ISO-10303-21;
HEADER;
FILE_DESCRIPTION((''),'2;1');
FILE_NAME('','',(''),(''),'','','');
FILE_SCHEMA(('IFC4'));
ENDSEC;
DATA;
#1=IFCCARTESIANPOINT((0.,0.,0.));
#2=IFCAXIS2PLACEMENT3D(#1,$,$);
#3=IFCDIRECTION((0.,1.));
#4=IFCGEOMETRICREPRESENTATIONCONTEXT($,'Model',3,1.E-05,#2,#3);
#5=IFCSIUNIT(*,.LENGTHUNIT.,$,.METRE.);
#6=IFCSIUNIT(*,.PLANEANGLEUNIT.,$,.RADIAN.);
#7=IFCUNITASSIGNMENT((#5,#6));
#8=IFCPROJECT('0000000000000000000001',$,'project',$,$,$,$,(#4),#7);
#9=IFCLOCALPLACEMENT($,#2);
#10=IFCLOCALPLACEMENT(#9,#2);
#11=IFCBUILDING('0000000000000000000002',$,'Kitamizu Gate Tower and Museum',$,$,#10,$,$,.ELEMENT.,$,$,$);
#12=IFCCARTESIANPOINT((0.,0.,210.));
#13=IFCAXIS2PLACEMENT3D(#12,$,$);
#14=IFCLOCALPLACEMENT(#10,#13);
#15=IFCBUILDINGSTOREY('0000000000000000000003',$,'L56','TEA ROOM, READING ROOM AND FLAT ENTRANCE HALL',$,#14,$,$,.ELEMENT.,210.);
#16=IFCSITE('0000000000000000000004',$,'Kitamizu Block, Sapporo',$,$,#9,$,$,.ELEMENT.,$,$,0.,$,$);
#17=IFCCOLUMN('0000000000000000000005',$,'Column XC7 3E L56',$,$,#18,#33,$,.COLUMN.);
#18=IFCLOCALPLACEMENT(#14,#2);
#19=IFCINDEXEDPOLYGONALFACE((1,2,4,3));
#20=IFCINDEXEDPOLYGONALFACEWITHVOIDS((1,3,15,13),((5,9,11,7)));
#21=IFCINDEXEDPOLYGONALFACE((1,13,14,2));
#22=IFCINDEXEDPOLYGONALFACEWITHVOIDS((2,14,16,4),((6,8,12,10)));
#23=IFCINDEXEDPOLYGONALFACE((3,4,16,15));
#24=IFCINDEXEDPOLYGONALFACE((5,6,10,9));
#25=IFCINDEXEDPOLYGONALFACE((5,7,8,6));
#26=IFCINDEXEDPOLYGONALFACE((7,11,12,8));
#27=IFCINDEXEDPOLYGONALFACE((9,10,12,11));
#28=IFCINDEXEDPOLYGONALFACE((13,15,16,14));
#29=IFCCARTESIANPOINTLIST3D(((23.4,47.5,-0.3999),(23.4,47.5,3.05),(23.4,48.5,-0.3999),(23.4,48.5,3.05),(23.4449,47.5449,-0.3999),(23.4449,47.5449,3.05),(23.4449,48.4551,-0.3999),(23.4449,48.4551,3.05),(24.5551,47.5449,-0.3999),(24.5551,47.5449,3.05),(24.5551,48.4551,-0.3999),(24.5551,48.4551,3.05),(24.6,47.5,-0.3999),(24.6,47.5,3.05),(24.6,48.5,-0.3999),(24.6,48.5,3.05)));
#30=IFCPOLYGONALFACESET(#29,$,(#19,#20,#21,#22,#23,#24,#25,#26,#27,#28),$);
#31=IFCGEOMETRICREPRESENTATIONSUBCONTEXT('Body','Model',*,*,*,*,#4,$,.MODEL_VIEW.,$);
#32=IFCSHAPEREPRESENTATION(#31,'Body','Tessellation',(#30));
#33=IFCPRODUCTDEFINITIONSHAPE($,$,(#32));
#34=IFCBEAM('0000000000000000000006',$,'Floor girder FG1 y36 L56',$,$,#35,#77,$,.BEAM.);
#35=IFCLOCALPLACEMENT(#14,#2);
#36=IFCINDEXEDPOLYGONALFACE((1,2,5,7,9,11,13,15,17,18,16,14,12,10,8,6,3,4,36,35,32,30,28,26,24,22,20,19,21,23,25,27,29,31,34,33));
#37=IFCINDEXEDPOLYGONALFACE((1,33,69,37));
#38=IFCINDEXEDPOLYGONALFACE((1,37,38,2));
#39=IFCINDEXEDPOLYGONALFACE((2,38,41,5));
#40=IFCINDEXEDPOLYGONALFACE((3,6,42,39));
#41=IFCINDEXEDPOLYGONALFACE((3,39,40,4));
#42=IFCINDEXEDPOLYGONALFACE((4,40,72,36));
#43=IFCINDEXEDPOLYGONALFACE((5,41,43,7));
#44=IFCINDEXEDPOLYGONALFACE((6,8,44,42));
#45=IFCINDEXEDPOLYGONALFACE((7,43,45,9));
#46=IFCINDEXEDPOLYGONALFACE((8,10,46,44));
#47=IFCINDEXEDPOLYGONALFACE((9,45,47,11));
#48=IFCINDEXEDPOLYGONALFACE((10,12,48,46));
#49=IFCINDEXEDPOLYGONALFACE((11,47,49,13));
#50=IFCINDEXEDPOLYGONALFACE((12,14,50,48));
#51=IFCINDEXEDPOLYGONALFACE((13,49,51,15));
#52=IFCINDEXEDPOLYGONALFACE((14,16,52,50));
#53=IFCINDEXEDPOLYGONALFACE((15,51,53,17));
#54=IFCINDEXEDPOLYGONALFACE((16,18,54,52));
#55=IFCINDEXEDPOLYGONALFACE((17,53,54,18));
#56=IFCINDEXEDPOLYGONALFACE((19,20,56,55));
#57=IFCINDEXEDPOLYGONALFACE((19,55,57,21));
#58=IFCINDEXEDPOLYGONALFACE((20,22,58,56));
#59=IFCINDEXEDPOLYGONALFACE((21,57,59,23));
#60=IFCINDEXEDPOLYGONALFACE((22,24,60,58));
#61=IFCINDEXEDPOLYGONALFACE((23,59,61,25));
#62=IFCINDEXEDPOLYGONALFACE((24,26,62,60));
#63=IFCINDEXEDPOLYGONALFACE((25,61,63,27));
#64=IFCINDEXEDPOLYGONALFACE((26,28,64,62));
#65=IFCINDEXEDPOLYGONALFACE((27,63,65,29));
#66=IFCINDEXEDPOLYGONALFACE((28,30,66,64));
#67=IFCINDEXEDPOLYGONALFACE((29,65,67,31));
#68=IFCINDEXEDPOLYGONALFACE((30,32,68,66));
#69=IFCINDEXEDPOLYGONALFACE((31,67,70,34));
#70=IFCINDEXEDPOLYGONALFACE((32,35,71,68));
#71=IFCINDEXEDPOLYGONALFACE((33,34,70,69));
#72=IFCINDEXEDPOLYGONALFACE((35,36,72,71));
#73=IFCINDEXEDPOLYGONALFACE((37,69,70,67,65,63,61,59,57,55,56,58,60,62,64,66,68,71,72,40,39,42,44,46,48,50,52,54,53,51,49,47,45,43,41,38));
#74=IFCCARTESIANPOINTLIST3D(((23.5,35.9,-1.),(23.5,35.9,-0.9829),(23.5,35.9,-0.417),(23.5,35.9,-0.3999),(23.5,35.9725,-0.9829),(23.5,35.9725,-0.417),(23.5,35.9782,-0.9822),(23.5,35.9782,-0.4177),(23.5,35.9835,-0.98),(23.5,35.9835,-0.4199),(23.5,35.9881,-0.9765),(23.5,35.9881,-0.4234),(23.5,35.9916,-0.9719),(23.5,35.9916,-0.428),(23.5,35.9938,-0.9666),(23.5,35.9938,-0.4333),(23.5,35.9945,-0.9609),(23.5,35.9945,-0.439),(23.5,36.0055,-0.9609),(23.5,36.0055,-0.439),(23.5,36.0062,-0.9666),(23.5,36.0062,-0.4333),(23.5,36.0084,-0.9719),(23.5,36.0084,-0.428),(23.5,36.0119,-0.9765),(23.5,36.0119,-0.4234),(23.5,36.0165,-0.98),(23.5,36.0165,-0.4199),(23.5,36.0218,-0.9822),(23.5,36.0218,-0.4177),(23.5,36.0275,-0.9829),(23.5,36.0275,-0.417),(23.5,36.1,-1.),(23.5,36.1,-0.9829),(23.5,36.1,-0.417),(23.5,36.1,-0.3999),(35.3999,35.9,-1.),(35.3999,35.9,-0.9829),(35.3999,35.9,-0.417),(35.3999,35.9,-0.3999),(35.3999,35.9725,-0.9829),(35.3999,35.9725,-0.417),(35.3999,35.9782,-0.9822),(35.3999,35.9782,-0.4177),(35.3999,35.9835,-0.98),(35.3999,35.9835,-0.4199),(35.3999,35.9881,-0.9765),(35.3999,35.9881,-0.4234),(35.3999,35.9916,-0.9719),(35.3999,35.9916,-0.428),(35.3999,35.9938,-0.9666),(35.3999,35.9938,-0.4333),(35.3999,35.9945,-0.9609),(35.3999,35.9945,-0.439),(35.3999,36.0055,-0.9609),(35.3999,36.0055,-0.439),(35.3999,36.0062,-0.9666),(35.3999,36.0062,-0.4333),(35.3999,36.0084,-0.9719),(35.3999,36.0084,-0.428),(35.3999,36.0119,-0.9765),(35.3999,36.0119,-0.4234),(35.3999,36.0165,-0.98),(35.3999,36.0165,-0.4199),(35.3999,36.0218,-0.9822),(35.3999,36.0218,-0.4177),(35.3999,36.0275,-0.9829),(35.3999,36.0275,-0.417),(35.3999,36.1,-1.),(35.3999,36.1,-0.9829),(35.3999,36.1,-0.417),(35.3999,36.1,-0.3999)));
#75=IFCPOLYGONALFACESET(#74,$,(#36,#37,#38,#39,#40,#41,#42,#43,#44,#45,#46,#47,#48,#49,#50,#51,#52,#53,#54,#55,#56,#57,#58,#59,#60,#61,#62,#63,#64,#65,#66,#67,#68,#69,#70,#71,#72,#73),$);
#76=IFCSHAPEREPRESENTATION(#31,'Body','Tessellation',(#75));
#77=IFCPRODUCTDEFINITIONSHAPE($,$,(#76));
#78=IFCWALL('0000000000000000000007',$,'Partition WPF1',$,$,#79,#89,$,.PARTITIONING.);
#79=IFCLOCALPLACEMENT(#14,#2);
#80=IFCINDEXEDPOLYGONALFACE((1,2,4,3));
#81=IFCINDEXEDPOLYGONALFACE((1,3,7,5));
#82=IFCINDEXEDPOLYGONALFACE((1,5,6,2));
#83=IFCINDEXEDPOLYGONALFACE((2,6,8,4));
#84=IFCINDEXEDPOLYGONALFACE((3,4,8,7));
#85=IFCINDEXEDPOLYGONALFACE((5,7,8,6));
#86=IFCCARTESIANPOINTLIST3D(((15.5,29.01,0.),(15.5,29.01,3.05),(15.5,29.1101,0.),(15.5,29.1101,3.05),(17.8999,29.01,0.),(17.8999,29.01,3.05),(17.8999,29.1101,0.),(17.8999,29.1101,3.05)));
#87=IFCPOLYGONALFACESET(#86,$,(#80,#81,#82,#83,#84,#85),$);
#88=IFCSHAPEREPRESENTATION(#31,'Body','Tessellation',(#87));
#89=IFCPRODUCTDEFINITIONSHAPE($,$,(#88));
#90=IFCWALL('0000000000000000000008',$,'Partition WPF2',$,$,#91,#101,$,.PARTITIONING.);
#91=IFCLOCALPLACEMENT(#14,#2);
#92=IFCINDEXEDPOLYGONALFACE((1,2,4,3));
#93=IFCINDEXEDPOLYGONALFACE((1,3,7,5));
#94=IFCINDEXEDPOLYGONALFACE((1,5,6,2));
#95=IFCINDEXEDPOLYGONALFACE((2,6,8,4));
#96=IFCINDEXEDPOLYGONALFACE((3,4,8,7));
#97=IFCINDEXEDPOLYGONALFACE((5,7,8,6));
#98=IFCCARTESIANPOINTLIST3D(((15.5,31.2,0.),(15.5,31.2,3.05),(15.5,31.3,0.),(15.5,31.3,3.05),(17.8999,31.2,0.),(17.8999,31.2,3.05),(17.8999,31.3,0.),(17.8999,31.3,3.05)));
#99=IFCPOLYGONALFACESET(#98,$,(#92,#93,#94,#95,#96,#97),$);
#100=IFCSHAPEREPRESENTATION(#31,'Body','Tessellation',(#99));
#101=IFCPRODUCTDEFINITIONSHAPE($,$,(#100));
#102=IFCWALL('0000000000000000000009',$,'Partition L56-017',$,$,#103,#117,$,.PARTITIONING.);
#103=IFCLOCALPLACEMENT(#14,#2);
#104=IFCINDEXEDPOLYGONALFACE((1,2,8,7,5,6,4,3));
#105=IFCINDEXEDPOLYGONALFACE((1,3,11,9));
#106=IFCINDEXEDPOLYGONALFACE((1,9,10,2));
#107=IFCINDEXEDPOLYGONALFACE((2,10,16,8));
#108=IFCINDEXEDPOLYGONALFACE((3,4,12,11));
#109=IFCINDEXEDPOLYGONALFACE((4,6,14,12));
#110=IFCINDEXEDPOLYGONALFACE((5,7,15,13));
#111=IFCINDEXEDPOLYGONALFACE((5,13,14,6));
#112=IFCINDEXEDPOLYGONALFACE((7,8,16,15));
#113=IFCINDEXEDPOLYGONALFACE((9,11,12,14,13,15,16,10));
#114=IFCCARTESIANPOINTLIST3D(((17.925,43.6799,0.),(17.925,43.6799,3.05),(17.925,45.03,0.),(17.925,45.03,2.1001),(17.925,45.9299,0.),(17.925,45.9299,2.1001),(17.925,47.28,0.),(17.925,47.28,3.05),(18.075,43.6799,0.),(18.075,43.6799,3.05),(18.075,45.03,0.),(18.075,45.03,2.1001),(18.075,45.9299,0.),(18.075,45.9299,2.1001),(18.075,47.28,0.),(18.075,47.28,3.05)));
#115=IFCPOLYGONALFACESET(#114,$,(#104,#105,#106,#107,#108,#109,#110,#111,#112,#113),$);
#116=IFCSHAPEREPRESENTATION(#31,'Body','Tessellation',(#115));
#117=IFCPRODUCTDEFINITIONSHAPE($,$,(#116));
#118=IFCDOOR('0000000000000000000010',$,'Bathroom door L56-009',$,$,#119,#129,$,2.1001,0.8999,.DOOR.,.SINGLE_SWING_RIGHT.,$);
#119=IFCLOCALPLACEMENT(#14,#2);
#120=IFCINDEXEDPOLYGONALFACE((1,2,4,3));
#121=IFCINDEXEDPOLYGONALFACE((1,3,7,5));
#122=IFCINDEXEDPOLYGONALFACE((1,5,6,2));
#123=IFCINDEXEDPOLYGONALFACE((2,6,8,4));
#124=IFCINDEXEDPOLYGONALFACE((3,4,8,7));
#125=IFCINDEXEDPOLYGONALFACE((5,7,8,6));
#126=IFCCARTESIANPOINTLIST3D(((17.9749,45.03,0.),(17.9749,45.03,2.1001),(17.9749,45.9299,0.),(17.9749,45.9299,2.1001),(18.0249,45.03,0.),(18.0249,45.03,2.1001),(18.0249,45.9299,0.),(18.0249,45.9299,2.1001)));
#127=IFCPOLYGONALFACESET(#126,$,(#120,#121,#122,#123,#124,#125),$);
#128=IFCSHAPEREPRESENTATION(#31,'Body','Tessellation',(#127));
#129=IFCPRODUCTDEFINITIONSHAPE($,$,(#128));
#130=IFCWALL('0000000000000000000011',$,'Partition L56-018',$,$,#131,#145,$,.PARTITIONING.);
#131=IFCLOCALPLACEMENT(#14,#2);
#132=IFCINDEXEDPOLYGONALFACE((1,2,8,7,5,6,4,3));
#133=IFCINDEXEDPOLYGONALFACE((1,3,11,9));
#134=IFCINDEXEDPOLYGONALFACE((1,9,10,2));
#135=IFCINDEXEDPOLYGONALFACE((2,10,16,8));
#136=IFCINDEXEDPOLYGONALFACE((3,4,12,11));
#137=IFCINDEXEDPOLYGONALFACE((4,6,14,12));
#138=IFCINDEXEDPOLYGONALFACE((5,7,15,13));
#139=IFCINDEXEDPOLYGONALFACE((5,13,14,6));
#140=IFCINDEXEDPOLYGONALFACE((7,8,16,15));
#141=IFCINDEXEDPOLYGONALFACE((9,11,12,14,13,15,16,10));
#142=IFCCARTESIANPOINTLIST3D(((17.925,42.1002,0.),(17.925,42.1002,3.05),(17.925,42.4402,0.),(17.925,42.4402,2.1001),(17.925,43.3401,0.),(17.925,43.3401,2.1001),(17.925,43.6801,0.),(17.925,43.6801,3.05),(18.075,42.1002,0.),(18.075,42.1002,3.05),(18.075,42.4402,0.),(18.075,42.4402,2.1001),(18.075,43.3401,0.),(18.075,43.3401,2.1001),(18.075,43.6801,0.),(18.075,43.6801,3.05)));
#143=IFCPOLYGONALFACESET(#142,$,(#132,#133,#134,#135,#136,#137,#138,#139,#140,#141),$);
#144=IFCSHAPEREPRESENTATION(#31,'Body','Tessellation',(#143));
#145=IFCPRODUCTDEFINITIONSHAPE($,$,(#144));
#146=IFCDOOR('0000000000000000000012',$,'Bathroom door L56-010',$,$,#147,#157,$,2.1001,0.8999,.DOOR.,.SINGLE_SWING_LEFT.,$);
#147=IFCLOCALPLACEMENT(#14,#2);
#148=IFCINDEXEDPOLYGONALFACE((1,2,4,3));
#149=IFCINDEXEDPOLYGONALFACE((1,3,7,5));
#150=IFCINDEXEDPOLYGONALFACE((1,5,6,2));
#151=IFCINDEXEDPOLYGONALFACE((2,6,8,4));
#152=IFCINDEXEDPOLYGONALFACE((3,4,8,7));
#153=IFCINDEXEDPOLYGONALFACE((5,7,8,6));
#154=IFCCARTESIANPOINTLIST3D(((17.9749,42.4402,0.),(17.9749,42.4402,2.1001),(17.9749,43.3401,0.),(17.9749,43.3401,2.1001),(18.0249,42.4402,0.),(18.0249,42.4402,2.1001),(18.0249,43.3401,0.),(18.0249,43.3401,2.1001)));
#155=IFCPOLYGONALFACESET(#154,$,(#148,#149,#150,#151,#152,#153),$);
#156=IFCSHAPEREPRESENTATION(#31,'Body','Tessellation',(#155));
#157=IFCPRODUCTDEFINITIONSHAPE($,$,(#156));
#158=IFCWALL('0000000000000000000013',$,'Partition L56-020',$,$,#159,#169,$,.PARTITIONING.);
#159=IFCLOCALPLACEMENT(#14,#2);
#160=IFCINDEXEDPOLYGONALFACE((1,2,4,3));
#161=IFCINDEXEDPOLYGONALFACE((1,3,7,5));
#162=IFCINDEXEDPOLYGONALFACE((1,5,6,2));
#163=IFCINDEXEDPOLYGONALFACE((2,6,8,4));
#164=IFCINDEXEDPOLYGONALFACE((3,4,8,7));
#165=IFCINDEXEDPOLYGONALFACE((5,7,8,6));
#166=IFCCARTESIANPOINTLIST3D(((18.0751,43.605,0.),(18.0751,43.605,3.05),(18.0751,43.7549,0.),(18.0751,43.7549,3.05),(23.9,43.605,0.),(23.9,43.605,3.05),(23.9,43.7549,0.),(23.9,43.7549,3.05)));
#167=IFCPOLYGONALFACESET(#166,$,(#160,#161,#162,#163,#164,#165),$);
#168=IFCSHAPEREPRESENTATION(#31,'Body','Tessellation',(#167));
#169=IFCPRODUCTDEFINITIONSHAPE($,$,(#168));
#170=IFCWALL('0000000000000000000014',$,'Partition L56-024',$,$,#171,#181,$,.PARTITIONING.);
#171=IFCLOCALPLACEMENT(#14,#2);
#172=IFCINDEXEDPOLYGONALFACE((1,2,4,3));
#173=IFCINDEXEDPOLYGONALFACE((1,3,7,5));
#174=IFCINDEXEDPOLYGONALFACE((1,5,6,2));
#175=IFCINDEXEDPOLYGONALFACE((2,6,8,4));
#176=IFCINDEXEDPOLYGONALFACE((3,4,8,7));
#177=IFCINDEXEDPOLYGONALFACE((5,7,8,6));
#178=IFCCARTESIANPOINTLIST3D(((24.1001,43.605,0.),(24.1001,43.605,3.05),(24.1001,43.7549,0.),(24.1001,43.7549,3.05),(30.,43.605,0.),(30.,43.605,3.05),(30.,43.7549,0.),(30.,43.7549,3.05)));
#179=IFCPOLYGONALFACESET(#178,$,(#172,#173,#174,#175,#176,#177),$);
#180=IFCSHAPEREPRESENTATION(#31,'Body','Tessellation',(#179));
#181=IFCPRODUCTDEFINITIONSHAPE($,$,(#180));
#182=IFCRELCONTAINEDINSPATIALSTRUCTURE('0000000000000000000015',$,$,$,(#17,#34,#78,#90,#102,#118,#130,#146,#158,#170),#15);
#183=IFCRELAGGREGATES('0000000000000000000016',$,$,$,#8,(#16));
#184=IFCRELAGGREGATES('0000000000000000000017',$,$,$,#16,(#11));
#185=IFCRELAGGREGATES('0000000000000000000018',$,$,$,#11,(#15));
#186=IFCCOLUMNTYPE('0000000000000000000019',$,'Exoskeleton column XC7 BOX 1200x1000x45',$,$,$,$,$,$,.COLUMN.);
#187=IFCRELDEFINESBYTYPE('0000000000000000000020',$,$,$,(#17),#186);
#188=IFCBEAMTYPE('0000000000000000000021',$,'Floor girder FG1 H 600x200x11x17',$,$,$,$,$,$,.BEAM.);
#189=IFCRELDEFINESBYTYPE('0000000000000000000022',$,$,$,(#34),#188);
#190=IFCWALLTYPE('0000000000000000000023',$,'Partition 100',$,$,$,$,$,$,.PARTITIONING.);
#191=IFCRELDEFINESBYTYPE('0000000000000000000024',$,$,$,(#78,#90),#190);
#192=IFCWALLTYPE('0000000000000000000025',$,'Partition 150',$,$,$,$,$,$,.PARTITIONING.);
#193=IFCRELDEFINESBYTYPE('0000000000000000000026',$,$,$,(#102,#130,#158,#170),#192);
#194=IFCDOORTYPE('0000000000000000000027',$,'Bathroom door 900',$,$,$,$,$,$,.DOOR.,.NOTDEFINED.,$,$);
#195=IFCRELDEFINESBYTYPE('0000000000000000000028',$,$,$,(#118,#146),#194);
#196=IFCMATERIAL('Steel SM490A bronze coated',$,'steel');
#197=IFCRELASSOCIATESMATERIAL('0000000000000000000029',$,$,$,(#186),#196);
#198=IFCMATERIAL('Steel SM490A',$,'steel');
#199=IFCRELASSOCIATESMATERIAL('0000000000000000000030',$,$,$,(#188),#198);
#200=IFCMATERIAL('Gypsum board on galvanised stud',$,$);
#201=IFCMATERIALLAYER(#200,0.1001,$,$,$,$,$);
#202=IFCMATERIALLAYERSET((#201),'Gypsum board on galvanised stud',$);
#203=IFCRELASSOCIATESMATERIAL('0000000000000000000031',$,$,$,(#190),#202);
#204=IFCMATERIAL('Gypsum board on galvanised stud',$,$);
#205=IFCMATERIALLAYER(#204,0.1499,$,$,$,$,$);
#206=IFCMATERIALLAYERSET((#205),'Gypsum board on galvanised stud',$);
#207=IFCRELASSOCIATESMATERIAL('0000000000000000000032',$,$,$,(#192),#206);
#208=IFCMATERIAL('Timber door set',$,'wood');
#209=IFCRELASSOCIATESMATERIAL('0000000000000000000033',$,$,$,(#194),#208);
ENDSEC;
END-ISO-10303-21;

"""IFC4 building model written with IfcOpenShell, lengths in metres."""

from ifc_helpers import new_model, si_unit, direction, frame, frame_2d, origin, origin_2d, place, context, subcontext, project, spatial, rectangle, hollow_rectangle, i_section, extrude, material, layer, layer_set, material_profile, profile_set, type_object, element, fill, save


model = new_model("IFC4")

# Units and contexts
model_context = context("Model", 3, precision=1e-05, world=origin(), true_north=direction((0.0, 1.0)))
body_context = subcontext(model_context, "Body", "Model", "MODEL_VIEW")
ifc_project = project(units=[si_unit("LENGTHUNIT", "METRE"), si_unit("PLANEANGLEUNIT", "RADIAN")], contexts=[model_context])

# Site, building, storey
site_placement = place(None, origin())
site = spatial("IfcSite", under=ifc_project, at=site_placement, Name="Kitamizu Block, Sapporo", CompositionType="ELEMENT", RefElevation=0.0)
building_placement = place(site_placement, origin())
building = spatial("IfcBuilding", under=site, at=building_placement, Name="Kitamizu Gate Tower and Museum", CompositionType="ELEMENT")
storey_placement = place(building_placement, frame((0.0, 0.0, 210.0)))
storey = spatial("IfcBuildingStorey", under=building, at=storey_placement, Name="L56", Description="TEA ROOM, READING ROOM AND FLAT ENTRANCE HALL", CompositionType="ELEMENT", Elevation=210.0)

# Column
ifc_material_1 = material(Name="Steel SM490A bronze coated", Category="steel")
ifc_material_profile_1 = material_profile(ifc_material_1, hollow_rectangle(XDim=1.2, YDim=1.0, WallThickness=0.0449, at=origin_2d()), Name="BOX 1200x1000x45")
ifc_profile_set_1 = profile_set([ifc_material_profile_1], Name="Steel SM490A bronze coated")
column_type = type_object("IfcColumnType", Name="Exoskeleton column XC7 BOX 1200x1000x45", PredefinedType="COLUMN", material=ifc_profile_set_1)
column_placement = place(storey_placement, frame((24.0, 48.0, -0.3999), z_axis=(0.0, 0.0, 1.0), x_axis=(1.0, 0.0, 0.0)))
element("IfcColumn", 1, at=column_placement, inside=storey, type_object=column_type, Name="Column XC7 3E L56", PredefinedType="COLUMN", context=body_context, shape_type="SweptSolid", body=[
    extrude(hollow_rectangle(XDim=1.2, YDim=1.0, WallThickness=0.0449, at=origin_2d()), origin(), (0.0, 0.0, 1.0), 3.45),
])

# Beam
ifc_material_2 = material(Name="Steel SM490A", Category="steel")
ifc_material_profile_2 = material_profile(ifc_material_2, i_section(OverallWidth=0.2, OverallDepth=0.6001, WebThickness=0.011, FlangeThickness=0.0171, FilletRadius=0.022, at=origin_2d()), Name="H-600x200x11x17")
ifc_profile_set_2 = profile_set([ifc_material_profile_2], Name="Steel SM490A")
beam_type = type_object("IfcBeamType", Name="Floor girder FG1 H 600x200x11x17", PredefinedType="BEAM", material=ifc_profile_set_2)
beam_placement = place(storey_placement, frame((23.5, 36.0, -0.7), z_axis=(1.0, 0.0, 0.0), x_axis=(0.0, 1.0, 0.0)))
element("IfcBeam", 2, at=beam_placement, inside=storey, type_object=beam_type, Name="Floor girder FG1 y36 L56", PredefinedType="BEAM", context=body_context, shape_type="SweptSolid", body=[
    extrude(i_section(OverallWidth=0.2, OverallDepth=0.6001, WebThickness=0.011, FlangeThickness=0.0171, FilletRadius=0.022, at=origin_2d()), origin(), (0.0, 0.0, 1.0), 11.8999),
])

# Walls
ifc_material_3 = material(Name="Gypsum board on galvanised stud")
ifc_layer_1 = layer(ifc_material_3, 0.1001)
ifc_layer_set_1 = layer_set([ifc_layer_1], Name="Gypsum board on galvanised stud")
wall_type_1 = type_object("IfcWallType", Name="Partition 100", PredefinedType="PARTITIONING", material=ifc_layer_set_1)
for number, where, z_axis, x_axis, name in (
    (3, (15.5, 29.0601, 0.0), (0.0, 0.0, 1.0), (1.0, 0.0, 0.0), "Partition WPF1"),
    (4, (15.5, 31.25, 0.0), (0.0, 0.0, 1.0), (1.0, 0.0, 0.0), "Partition WPF2"),
):
    element("IfcWall", number, at=place(storey_placement, frame(where, z_axis=z_axis, x_axis=x_axis)), inside=storey, type_object=wall_type_1, Name=name, PredefinedType="PARTITIONING", context=body_context, shape_type="SweptSolid", body=[
        extrude(rectangle(XDim=2.3999, YDim=0.1001, at=frame_2d((1.2, 0.0))), origin(), (0.0, 0.0, 1.0), 3.05),
    ])

# Walls, openings, doors
ifc_material_4 = material(Name="Gypsum board on galvanised stud")
ifc_layer_2 = layer(ifc_material_4, 0.1499)
ifc_layer_set_2 = layer_set([ifc_layer_2], Name="Gypsum board on galvanised stud")
wall_type_2 = type_object("IfcWallType", Name="Partition 150", PredefinedType="PARTITIONING", material=ifc_layer_set_2)
wall_1_placement = place(storey_placement, frame((18.0, 43.6799, 0.0), z_axis=(0.0, 0.0, 1.0), x_axis=(0.0, 1.0, 0.0)))
wall_1 = element("IfcWall", 5, at=wall_1_placement, inside=storey, type_object=wall_type_2, Name="Partition L56-017", PredefinedType="PARTITIONING", context=body_context, shape_type="SweptSolid", body=[
    extrude(rectangle(XDim=3.6001, YDim=0.1499, at=frame_2d((1.8, 0.0))), origin(), (0.0, 0.0, 1.0), 3.05),
])
opening_1_placement = place(wall_1_placement, frame((1.3501, 0.0, 0.0)))
opening_1 = element("IfcOpeningElement", 6, at=opening_1_placement, cuts=wall_1, PredefinedType="OPENING", context=body_context, shape_type="SweptSolid", body=[
    extrude(rectangle(XDim=0.8999, YDim=2.1001, at=frame_2d((0.45, 1.05))), frame((0.0, 0.085, 0.0), z_axis=(0.0, -1.0, 0.0), x_axis=(1.0, 0.0, 0.0)), (0.0, 0.0, 1.0), 0.1699),
])
ifc_material_5 = material(Name="Timber door set", Category="wood")
door_type_1 = type_object("IfcDoorType", Name="Bathroom door 900", OperationType="NOTDEFINED", PredefinedType="DOOR", material=ifc_material_5)
door_1_placement = place(opening_1_placement, frame((0.8999, 0.0, 0.0), x_axis=(-1.0, 0.0, 0.0)))
door_1 = element("IfcDoor", 7, at=door_1_placement, inside=storey, type_object=door_type_1, Name="Bathroom door L56-009", OperationType="SINGLE_SWING_RIGHT", OverallHeight=2.1001, OverallWidth=0.8999, PredefinedType="DOOR", context=body_context, shape_type="SweptSolid", body=[
    extrude(rectangle(XDim=0.8999, YDim=2.1001, at=frame_2d((0.45, 1.05))), frame((0.0, 0.0249, 0.0), z_axis=(0.0, -1.0, 0.0), x_axis=(1.0, 0.0, 0.0)), (0.0, 0.0, 1.0), 0.05),
])
fill(opening_1, door_1)
wall_2_placement = place(storey_placement, frame((18.0, 42.1001, 0.0), z_axis=(0.0, 0.0, 1.0), x_axis=(0.0, 1.0, 0.0)))
wall_2 = element("IfcWall", 8, at=wall_2_placement, inside=storey, type_object=wall_type_2, Name="Partition L56-018", PredefinedType="PARTITIONING", context=body_context, shape_type="SweptSolid", body=[
    extrude(rectangle(XDim=1.5798, YDim=0.1499, at=frame_2d((0.79, 0.0))), origin(), (0.0, 0.0, 1.0), 3.05),
])
opening_2_placement = place(wall_2_placement, frame((0.3401, 0.0, 0.0)))
opening_2 = element("IfcOpeningElement", 9, at=opening_2_placement, cuts=wall_2, PredefinedType="OPENING", context=body_context, shape_type="SweptSolid", body=[
    extrude(rectangle(XDim=0.8999, YDim=2.1001, at=frame_2d((0.45, 1.05))), frame((0.0, 0.085, 0.0), z_axis=(0.0, -1.0, 0.0), x_axis=(1.0, 0.0, 0.0)), (0.0, 0.0, 1.0), 0.1699),
])
door_2_placement = place(opening_2_placement, frame((0.8999, 0.0, 0.0), x_axis=(-1.0, 0.0, 0.0)))
door_2 = element("IfcDoor", 10, at=door_2_placement, inside=storey, type_object=door_type_1, Name="Bathroom door L56-010", OperationType="SINGLE_SWING_LEFT", OverallHeight=2.1001, OverallWidth=0.8999, PredefinedType="DOOR", context=body_context, shape_type="SweptSolid", body=[
    extrude(rectangle(XDim=0.8999, YDim=2.1001, at=frame_2d((0.45, 1.05))), frame((0.0, 0.0249, 0.0), z_axis=(0.0, -1.0, 0.0), x_axis=(1.0, 0.0, 0.0)), (0.0, 0.0, 1.0), 0.05),
])
fill(opening_2, door_2)

# Walls
wall_3_placement = place(storey_placement, frame((18.075, 43.6799, 0.0), z_axis=(0.0, 0.0, 1.0), x_axis=(1.0, 0.0, 0.0)))
element("IfcWall", 11, at=wall_3_placement, inside=storey, type_object=wall_type_2, Name="Partition L56-020", PredefinedType="PARTITIONING", context=body_context, shape_type="SweptSolid", body=[
    extrude(rectangle(XDim=5.825, YDim=0.1499, at=frame_2d((2.9126, 0.0))), origin(), (0.0, 0.0, 1.0), 3.05),
])
wall_4_placement = place(storey_placement, frame((24.1001, 43.6799, 0.0), z_axis=(0.0, 0.0, 1.0), x_axis=(1.0, 0.0, 0.0)))
element("IfcWall", 12, at=wall_4_placement, inside=storey, type_object=wall_type_2, Name="Partition L56-024", PredefinedType="PARTITIONING", context=body_context, shape_type="SweptSolid", body=[
    extrude(rectangle(XDim=5.8999, YDim=0.1499, at=frame_2d((2.95, 0.0))), origin(), (0.0, 0.0, 1.0), 3.05),
])

save(model, "model.ifc")
